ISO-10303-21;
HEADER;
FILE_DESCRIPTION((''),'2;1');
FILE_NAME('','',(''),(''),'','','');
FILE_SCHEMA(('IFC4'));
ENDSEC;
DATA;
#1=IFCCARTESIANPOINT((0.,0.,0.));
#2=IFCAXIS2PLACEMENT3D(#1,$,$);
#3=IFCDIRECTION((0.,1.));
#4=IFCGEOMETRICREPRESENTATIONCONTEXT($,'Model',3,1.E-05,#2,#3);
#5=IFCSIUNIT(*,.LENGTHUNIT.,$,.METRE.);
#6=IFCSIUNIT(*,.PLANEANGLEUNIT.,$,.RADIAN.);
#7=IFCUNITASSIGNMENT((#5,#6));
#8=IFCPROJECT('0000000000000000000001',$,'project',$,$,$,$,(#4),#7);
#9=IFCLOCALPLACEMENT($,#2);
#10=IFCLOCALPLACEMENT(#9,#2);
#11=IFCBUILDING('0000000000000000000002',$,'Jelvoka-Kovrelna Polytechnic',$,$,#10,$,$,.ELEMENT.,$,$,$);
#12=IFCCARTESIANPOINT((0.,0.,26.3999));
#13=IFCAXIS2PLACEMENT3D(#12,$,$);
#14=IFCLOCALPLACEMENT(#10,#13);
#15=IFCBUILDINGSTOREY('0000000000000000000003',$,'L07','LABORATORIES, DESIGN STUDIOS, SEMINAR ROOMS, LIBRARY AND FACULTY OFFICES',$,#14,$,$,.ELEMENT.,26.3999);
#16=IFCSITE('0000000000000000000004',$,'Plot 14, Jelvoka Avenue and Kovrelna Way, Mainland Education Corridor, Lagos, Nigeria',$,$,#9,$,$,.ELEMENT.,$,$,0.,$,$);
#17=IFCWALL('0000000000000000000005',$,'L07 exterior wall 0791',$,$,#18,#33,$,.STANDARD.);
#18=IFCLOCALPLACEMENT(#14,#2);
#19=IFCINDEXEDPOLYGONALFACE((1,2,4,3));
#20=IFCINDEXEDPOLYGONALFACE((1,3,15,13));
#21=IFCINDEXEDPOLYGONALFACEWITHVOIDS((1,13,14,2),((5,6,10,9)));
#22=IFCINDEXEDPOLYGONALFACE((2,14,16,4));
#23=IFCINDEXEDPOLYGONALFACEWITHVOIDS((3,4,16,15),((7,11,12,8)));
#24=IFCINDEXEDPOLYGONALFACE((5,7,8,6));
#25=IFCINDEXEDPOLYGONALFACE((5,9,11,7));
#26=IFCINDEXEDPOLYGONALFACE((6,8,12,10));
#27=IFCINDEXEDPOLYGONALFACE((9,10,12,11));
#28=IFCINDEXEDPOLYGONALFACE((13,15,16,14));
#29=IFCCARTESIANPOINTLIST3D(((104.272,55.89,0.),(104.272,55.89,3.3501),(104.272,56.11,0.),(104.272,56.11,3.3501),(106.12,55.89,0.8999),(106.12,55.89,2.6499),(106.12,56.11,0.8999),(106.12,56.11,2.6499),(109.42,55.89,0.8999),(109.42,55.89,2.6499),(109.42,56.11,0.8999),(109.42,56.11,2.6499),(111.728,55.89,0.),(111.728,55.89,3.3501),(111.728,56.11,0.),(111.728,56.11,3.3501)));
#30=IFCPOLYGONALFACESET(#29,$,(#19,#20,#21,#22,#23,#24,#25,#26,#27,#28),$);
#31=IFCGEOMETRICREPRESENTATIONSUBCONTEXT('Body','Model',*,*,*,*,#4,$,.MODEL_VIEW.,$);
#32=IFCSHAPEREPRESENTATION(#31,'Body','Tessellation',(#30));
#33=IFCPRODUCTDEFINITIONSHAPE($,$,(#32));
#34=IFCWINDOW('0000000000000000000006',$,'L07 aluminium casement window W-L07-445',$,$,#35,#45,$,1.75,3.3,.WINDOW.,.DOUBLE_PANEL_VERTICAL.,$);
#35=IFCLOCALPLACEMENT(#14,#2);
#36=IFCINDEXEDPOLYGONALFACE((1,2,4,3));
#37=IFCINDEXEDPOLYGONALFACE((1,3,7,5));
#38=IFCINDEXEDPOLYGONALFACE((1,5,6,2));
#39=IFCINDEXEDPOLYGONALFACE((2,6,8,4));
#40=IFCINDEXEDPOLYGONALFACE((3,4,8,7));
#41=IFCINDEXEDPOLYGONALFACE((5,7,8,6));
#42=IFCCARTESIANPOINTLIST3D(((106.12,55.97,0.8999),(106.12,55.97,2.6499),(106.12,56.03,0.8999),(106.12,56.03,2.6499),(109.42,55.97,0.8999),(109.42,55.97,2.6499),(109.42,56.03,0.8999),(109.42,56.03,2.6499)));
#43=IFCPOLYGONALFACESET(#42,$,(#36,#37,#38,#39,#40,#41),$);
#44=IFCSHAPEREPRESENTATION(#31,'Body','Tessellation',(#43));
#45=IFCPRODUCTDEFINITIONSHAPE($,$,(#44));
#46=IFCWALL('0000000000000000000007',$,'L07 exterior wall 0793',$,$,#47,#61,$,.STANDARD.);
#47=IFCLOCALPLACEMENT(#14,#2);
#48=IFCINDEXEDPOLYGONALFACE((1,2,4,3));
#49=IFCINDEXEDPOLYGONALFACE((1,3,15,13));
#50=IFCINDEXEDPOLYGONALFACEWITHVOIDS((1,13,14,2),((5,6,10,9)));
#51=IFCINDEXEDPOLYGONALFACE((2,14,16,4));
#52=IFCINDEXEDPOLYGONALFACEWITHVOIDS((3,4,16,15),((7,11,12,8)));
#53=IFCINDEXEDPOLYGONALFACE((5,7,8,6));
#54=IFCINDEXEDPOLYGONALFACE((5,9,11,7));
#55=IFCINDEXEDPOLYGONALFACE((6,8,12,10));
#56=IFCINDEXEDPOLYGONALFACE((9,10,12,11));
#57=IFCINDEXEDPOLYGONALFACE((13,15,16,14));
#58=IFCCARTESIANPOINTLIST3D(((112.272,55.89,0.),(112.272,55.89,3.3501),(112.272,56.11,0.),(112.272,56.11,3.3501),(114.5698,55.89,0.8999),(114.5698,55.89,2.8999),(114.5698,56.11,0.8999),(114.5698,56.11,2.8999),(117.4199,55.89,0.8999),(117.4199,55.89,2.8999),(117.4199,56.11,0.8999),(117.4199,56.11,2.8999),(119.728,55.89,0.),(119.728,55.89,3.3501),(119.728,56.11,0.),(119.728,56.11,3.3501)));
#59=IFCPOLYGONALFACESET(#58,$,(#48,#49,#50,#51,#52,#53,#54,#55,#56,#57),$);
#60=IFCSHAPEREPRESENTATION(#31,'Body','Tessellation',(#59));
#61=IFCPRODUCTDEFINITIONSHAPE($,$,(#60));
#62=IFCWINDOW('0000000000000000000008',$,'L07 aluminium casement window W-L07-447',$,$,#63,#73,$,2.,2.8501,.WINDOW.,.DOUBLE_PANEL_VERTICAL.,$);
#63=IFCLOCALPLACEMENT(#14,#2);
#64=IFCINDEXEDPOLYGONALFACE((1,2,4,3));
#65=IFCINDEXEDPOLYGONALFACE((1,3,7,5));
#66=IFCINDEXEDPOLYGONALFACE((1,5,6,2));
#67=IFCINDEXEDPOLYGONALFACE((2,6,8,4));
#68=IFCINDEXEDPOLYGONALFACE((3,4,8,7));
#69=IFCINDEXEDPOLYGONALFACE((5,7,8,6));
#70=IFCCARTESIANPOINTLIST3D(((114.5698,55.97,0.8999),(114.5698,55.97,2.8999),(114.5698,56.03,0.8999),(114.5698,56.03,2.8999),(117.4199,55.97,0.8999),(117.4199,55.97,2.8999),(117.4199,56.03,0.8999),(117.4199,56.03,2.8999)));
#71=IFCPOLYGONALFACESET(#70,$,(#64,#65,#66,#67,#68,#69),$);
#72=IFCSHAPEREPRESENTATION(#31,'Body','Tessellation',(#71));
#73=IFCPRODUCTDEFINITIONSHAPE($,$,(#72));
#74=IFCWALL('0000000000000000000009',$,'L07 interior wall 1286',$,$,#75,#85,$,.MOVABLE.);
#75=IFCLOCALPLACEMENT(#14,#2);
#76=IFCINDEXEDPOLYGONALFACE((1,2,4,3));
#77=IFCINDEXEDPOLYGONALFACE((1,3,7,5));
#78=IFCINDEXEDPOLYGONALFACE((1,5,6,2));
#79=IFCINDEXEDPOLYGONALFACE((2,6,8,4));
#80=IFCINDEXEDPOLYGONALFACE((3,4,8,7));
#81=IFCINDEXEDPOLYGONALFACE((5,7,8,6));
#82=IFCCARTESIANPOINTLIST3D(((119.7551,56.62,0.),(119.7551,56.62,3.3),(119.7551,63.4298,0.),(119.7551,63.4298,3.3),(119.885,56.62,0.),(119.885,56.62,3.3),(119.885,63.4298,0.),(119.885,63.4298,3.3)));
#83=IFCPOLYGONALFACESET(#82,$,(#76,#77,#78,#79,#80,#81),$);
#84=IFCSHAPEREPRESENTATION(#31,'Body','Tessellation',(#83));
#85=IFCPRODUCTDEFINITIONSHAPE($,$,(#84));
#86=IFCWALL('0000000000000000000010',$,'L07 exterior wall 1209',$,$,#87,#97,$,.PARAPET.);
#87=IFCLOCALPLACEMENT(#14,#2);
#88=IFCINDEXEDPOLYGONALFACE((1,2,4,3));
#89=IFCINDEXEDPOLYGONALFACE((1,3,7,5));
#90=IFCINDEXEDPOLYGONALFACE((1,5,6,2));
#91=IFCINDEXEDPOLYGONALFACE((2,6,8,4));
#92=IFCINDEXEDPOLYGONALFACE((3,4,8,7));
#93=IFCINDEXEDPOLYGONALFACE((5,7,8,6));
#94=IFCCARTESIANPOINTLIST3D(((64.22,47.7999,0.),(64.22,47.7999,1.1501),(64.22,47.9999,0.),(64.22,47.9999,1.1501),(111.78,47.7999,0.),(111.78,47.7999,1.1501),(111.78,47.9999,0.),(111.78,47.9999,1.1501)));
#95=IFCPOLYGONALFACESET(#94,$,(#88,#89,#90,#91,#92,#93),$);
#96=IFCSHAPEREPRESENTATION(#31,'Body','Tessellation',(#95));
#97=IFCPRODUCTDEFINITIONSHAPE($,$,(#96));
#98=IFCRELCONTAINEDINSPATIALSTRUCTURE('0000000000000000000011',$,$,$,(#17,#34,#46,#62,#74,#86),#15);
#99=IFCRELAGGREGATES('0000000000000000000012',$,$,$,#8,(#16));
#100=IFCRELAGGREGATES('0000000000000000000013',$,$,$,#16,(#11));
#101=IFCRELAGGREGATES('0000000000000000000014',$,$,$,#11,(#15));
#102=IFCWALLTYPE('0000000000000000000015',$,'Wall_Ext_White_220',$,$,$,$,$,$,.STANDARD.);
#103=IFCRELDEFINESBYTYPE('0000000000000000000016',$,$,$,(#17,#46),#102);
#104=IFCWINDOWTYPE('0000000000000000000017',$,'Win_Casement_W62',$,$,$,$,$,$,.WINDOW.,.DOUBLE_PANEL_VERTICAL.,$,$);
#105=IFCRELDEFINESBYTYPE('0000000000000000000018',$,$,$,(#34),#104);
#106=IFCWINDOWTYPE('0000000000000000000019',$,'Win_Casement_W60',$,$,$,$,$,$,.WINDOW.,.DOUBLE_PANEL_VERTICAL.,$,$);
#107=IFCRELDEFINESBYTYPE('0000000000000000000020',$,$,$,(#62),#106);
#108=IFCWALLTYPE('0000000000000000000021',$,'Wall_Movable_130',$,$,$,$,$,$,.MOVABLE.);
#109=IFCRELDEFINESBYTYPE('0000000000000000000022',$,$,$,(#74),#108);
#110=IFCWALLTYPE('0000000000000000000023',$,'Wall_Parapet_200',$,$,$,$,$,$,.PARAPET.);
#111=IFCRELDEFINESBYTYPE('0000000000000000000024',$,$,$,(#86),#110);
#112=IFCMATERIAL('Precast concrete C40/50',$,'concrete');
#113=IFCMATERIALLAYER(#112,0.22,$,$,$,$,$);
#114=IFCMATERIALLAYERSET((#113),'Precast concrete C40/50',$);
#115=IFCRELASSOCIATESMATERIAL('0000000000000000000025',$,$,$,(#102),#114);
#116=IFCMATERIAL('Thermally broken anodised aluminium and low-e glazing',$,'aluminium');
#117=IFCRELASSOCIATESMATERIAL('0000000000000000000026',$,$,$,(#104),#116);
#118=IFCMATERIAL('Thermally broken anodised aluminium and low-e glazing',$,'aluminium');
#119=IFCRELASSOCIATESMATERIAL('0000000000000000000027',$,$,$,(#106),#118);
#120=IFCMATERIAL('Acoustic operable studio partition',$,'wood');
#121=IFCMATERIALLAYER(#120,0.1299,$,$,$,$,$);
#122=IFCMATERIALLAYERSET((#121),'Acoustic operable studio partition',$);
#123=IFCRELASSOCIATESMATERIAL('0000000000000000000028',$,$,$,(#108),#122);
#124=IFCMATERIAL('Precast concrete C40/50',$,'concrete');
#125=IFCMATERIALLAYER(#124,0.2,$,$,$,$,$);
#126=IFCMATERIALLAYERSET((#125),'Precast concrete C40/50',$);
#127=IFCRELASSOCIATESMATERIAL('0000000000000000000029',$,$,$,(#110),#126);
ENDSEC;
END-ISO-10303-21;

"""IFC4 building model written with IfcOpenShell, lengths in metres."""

from ifc_helpers import new_model, si_unit, direction, frame, frame_2d, origin, place, context, subcontext, project, spatial, rectangle, extrude, material, layer, layer_set, type_object, element, fill, save


model = new_model("IFC4")

# Units and contexts
model_context = context("Model", 3, precision=1e-05, world=origin(), true_north=direction((0.0, 1.0)))
body_context = subcontext(model_context, "Body", "Model", "MODEL_VIEW")
ifc_project = project(units=[si_unit("LENGTHUNIT", "METRE"), si_unit("PLANEANGLEUNIT", "RADIAN")], contexts=[model_context])

# Site, building, storey
site_placement = place(None, origin())
site = spatial("IfcSite", under=ifc_project, at=site_placement, Name="Plot 14, Jelvoka Avenue and Kovrelna Way, Mainland Education Corridor, Lagos, Nigeria", CompositionType="ELEMENT", RefElevation=0.0)
building_placement = place(site_placement, origin())
building = spatial("IfcBuilding", under=site, at=building_placement, Name="Jelvoka-Kovrelna Polytechnic", CompositionType="ELEMENT")
storey_placement = place(building_placement, frame((0.0, 0.0, 26.3999)))
storey = spatial("IfcBuildingStorey", under=building, at=storey_placement, Name="L07", Description="LABORATORIES, DESIGN STUDIOS, SEMINAR ROOMS, LIBRARY AND FACULTY OFFICES", CompositionType="ELEMENT", Elevation=26.3999)

# Walls, openings, windows
ifc_material_1 = material(Name="Precast concrete C40/50", Category="concrete")
ifc_layer_1 = layer(ifc_material_1, 0.22)
ifc_layer_set_1 = layer_set([ifc_layer_1], Name="Precast concrete C40/50")
wall_type_1 = type_object("IfcWallType", Name="Wall_Ext_White_220", PredefinedType="STANDARD", material=ifc_layer_set_1)
wall_1_placement = place(storey_placement, frame((111.728, 56.0, 0.0), z_axis=(0.0, 0.0, 1.0), x_axis=(-1.0, 0.0, 0.0)))
wall_1 = element("IfcWall", 1, at=wall_1_placement, inside=storey, type_object=wall_type_1, Name="L07 exterior wall 0791", PredefinedType="STANDARD", context=body_context, shape_type="SweptSolid", body=[
    extrude(rectangle(XDim=7.4561, YDim=0.22, at=frame_2d((3.728, 0.0))), origin(), (0.0, 0.0, 1.0), 3.3501),
])
opening_1_placement = place(wall_1_placement, frame((2.3081, 0.0, 0.8999)))
opening_1 = element("IfcOpeningElement", 2, at=opening_1_placement, cuts=wall_1, PredefinedType="OPENING", context=body_context, shape_type="SweptSolid", body=[
    extrude(rectangle(XDim=3.3, YDim=1.75, at=frame_2d((1.6499, 0.875))), frame((0.0, 0.1199, 0.0), z_axis=(0.0, -1.0, 0.0), x_axis=(1.0, 0.0, 0.0)), (0.0, 0.0, 1.0), 0.24),
])
ifc_material_2 = material(Name="Thermally broken anodised aluminium and low-e glazing", Category="aluminium")
window_type_1 = type_object("IfcWindowType", Name="Win_Casement_W62", PartitioningType="DOUBLE_PANEL_VERTICAL", PredefinedType="WINDOW", material=ifc_material_2)
window_1_placement = place(opening_1_placement, origin())
window_1 = element("IfcWindow", 3, at=window_1_placement, inside=storey, type_object=window_type_1, Name="L07 aluminium casement window W-L07-445", OverallHeight=1.75, OverallWidth=3.3, PartitioningType="DOUBLE_PANEL_VERTICAL", PredefinedType="WINDOW", context=body_context, shape_type="SweptSolid", body=[
    extrude(rectangle(XDim=3.3, YDim=1.75, at=frame_2d((1.6499, 0.875))), frame((0.0, 0.03, 0.0), z_axis=(0.0, -1.0, 0.0), x_axis=(1.0, 0.0, 0.0)), (0.0, 0.0, 1.0), 0.0601),
])
fill(opening_1, window_1)
wall_2_placement = place(storey_placement, frame((119.728, 56.0, 0.0), z_axis=(0.0, 0.0, 1.0), x_axis=(-1.0, 0.0, 0.0)))
wall_2 = element("IfcWall", 4, at=wall_2_placement, inside=storey, type_object=wall_type_1, Name="L07 exterior wall 0793", PredefinedType="STANDARD", context=body_context, shape_type="SweptSolid", body=[
    extrude(rectangle(XDim=7.4561, YDim=0.22, at=frame_2d((3.728, 0.0))), origin(), (0.0, 0.0, 1.0), 3.3501),
])
opening_2_placement = place(wall_2_placement, frame((2.3081, 0.0, 0.8999)))
opening_2 = element("IfcOpeningElement", 5, at=opening_2_placement, cuts=wall_2, PredefinedType="OPENING", context=body_context, shape_type="SweptSolid", body=[
    extrude(rectangle(XDim=2.8501, YDim=2.0, at=frame_2d((1.425, 1.0))), frame((0.0, 0.1199, 0.0), z_axis=(0.0, -1.0, 0.0), x_axis=(1.0, 0.0, 0.0)), (0.0, 0.0, 1.0), 0.24),
])
ifc_material_3 = material(Name="Thermally broken anodised aluminium and low-e glazing", Category="aluminium")
window_type_2 = type_object("IfcWindowType", Name="Win_Casement_W60", PartitioningType="DOUBLE_PANEL_VERTICAL", PredefinedType="WINDOW", material=ifc_material_3)
window_2_placement = place(opening_2_placement, origin())
window_2 = element("IfcWindow", 6, at=window_2_placement, inside=storey, type_object=window_type_2, Name="L07 aluminium casement window W-L07-447", OverallHeight=2.0, OverallWidth=2.8501, PartitioningType="DOUBLE_PANEL_VERTICAL", PredefinedType="WINDOW", context=body_context, shape_type="SweptSolid", body=[
    extrude(rectangle(XDim=2.8501, YDim=2.0, at=frame_2d((1.425, 1.0))), frame((0.0, 0.03, 0.0), z_axis=(0.0, -1.0, 0.0), x_axis=(1.0, 0.0, 0.0)), (0.0, 0.0, 1.0), 0.0601),
])
fill(opening_2, window_2)

# Walls
ifc_material_4 = material(Name="Acoustic operable studio partition", Category="wood")
ifc_layer_2 = layer(ifc_material_4, 0.1299)
ifc_layer_set_2 = layer_set([ifc_layer_2], Name="Acoustic operable studio partition")
wall_type_2 = type_object("IfcWallType", Name="Wall_Movable_130", PredefinedType="MOVABLE", material=ifc_layer_set_2)
wall_3_placement = place(storey_placement, frame((119.8201, 56.6201, 0.0), z_axis=(0.0, 0.0, 1.0), x_axis=(0.0, 1.0, 0.0)))
element("IfcWall", 7, at=wall_3_placement, inside=storey, type_object=wall_type_2, Name="L07 interior wall 1286", PredefinedType="MOVABLE", context=body_context, shape_type="SweptSolid", body=[
    extrude(rectangle(XDim=6.8098, YDim=0.1299, at=frame_2d((3.4048, 0.0))), origin(), (0.0, 0.0, 1.0), 3.3),
])
ifc_material_5 = material(Name="Precast concrete C40/50", Category="concrete")
ifc_layer_3 = layer(ifc_material_5, 0.2)
ifc_layer_set_3 = layer_set([ifc_layer_3], Name="Precast concrete C40/50")
wall_type_3 = type_object("IfcWallType", Name="Wall_Parapet_200", PredefinedType="PARAPET", material=ifc_layer_set_3)
wall_4_placement = place(storey_placement, frame((111.78, 47.8999, 0.0), z_axis=(0.0, 0.0, 1.0), x_axis=(-1.0, 0.0, 0.0)))
element("IfcWall", 8, at=wall_4_placement, inside=storey, type_object=wall_type_3, Name="L07 exterior wall 1209", PredefinedType="PARAPET", context=body_context, shape_type="SweptSolid", body=[
    extrude(rectangle(XDim=47.5601, YDim=0.2, at=frame_2d((23.78, 0.0))), origin(), (0.0, 0.0, 1.0), 1.1501),
])

save(model, "model.ifc")
